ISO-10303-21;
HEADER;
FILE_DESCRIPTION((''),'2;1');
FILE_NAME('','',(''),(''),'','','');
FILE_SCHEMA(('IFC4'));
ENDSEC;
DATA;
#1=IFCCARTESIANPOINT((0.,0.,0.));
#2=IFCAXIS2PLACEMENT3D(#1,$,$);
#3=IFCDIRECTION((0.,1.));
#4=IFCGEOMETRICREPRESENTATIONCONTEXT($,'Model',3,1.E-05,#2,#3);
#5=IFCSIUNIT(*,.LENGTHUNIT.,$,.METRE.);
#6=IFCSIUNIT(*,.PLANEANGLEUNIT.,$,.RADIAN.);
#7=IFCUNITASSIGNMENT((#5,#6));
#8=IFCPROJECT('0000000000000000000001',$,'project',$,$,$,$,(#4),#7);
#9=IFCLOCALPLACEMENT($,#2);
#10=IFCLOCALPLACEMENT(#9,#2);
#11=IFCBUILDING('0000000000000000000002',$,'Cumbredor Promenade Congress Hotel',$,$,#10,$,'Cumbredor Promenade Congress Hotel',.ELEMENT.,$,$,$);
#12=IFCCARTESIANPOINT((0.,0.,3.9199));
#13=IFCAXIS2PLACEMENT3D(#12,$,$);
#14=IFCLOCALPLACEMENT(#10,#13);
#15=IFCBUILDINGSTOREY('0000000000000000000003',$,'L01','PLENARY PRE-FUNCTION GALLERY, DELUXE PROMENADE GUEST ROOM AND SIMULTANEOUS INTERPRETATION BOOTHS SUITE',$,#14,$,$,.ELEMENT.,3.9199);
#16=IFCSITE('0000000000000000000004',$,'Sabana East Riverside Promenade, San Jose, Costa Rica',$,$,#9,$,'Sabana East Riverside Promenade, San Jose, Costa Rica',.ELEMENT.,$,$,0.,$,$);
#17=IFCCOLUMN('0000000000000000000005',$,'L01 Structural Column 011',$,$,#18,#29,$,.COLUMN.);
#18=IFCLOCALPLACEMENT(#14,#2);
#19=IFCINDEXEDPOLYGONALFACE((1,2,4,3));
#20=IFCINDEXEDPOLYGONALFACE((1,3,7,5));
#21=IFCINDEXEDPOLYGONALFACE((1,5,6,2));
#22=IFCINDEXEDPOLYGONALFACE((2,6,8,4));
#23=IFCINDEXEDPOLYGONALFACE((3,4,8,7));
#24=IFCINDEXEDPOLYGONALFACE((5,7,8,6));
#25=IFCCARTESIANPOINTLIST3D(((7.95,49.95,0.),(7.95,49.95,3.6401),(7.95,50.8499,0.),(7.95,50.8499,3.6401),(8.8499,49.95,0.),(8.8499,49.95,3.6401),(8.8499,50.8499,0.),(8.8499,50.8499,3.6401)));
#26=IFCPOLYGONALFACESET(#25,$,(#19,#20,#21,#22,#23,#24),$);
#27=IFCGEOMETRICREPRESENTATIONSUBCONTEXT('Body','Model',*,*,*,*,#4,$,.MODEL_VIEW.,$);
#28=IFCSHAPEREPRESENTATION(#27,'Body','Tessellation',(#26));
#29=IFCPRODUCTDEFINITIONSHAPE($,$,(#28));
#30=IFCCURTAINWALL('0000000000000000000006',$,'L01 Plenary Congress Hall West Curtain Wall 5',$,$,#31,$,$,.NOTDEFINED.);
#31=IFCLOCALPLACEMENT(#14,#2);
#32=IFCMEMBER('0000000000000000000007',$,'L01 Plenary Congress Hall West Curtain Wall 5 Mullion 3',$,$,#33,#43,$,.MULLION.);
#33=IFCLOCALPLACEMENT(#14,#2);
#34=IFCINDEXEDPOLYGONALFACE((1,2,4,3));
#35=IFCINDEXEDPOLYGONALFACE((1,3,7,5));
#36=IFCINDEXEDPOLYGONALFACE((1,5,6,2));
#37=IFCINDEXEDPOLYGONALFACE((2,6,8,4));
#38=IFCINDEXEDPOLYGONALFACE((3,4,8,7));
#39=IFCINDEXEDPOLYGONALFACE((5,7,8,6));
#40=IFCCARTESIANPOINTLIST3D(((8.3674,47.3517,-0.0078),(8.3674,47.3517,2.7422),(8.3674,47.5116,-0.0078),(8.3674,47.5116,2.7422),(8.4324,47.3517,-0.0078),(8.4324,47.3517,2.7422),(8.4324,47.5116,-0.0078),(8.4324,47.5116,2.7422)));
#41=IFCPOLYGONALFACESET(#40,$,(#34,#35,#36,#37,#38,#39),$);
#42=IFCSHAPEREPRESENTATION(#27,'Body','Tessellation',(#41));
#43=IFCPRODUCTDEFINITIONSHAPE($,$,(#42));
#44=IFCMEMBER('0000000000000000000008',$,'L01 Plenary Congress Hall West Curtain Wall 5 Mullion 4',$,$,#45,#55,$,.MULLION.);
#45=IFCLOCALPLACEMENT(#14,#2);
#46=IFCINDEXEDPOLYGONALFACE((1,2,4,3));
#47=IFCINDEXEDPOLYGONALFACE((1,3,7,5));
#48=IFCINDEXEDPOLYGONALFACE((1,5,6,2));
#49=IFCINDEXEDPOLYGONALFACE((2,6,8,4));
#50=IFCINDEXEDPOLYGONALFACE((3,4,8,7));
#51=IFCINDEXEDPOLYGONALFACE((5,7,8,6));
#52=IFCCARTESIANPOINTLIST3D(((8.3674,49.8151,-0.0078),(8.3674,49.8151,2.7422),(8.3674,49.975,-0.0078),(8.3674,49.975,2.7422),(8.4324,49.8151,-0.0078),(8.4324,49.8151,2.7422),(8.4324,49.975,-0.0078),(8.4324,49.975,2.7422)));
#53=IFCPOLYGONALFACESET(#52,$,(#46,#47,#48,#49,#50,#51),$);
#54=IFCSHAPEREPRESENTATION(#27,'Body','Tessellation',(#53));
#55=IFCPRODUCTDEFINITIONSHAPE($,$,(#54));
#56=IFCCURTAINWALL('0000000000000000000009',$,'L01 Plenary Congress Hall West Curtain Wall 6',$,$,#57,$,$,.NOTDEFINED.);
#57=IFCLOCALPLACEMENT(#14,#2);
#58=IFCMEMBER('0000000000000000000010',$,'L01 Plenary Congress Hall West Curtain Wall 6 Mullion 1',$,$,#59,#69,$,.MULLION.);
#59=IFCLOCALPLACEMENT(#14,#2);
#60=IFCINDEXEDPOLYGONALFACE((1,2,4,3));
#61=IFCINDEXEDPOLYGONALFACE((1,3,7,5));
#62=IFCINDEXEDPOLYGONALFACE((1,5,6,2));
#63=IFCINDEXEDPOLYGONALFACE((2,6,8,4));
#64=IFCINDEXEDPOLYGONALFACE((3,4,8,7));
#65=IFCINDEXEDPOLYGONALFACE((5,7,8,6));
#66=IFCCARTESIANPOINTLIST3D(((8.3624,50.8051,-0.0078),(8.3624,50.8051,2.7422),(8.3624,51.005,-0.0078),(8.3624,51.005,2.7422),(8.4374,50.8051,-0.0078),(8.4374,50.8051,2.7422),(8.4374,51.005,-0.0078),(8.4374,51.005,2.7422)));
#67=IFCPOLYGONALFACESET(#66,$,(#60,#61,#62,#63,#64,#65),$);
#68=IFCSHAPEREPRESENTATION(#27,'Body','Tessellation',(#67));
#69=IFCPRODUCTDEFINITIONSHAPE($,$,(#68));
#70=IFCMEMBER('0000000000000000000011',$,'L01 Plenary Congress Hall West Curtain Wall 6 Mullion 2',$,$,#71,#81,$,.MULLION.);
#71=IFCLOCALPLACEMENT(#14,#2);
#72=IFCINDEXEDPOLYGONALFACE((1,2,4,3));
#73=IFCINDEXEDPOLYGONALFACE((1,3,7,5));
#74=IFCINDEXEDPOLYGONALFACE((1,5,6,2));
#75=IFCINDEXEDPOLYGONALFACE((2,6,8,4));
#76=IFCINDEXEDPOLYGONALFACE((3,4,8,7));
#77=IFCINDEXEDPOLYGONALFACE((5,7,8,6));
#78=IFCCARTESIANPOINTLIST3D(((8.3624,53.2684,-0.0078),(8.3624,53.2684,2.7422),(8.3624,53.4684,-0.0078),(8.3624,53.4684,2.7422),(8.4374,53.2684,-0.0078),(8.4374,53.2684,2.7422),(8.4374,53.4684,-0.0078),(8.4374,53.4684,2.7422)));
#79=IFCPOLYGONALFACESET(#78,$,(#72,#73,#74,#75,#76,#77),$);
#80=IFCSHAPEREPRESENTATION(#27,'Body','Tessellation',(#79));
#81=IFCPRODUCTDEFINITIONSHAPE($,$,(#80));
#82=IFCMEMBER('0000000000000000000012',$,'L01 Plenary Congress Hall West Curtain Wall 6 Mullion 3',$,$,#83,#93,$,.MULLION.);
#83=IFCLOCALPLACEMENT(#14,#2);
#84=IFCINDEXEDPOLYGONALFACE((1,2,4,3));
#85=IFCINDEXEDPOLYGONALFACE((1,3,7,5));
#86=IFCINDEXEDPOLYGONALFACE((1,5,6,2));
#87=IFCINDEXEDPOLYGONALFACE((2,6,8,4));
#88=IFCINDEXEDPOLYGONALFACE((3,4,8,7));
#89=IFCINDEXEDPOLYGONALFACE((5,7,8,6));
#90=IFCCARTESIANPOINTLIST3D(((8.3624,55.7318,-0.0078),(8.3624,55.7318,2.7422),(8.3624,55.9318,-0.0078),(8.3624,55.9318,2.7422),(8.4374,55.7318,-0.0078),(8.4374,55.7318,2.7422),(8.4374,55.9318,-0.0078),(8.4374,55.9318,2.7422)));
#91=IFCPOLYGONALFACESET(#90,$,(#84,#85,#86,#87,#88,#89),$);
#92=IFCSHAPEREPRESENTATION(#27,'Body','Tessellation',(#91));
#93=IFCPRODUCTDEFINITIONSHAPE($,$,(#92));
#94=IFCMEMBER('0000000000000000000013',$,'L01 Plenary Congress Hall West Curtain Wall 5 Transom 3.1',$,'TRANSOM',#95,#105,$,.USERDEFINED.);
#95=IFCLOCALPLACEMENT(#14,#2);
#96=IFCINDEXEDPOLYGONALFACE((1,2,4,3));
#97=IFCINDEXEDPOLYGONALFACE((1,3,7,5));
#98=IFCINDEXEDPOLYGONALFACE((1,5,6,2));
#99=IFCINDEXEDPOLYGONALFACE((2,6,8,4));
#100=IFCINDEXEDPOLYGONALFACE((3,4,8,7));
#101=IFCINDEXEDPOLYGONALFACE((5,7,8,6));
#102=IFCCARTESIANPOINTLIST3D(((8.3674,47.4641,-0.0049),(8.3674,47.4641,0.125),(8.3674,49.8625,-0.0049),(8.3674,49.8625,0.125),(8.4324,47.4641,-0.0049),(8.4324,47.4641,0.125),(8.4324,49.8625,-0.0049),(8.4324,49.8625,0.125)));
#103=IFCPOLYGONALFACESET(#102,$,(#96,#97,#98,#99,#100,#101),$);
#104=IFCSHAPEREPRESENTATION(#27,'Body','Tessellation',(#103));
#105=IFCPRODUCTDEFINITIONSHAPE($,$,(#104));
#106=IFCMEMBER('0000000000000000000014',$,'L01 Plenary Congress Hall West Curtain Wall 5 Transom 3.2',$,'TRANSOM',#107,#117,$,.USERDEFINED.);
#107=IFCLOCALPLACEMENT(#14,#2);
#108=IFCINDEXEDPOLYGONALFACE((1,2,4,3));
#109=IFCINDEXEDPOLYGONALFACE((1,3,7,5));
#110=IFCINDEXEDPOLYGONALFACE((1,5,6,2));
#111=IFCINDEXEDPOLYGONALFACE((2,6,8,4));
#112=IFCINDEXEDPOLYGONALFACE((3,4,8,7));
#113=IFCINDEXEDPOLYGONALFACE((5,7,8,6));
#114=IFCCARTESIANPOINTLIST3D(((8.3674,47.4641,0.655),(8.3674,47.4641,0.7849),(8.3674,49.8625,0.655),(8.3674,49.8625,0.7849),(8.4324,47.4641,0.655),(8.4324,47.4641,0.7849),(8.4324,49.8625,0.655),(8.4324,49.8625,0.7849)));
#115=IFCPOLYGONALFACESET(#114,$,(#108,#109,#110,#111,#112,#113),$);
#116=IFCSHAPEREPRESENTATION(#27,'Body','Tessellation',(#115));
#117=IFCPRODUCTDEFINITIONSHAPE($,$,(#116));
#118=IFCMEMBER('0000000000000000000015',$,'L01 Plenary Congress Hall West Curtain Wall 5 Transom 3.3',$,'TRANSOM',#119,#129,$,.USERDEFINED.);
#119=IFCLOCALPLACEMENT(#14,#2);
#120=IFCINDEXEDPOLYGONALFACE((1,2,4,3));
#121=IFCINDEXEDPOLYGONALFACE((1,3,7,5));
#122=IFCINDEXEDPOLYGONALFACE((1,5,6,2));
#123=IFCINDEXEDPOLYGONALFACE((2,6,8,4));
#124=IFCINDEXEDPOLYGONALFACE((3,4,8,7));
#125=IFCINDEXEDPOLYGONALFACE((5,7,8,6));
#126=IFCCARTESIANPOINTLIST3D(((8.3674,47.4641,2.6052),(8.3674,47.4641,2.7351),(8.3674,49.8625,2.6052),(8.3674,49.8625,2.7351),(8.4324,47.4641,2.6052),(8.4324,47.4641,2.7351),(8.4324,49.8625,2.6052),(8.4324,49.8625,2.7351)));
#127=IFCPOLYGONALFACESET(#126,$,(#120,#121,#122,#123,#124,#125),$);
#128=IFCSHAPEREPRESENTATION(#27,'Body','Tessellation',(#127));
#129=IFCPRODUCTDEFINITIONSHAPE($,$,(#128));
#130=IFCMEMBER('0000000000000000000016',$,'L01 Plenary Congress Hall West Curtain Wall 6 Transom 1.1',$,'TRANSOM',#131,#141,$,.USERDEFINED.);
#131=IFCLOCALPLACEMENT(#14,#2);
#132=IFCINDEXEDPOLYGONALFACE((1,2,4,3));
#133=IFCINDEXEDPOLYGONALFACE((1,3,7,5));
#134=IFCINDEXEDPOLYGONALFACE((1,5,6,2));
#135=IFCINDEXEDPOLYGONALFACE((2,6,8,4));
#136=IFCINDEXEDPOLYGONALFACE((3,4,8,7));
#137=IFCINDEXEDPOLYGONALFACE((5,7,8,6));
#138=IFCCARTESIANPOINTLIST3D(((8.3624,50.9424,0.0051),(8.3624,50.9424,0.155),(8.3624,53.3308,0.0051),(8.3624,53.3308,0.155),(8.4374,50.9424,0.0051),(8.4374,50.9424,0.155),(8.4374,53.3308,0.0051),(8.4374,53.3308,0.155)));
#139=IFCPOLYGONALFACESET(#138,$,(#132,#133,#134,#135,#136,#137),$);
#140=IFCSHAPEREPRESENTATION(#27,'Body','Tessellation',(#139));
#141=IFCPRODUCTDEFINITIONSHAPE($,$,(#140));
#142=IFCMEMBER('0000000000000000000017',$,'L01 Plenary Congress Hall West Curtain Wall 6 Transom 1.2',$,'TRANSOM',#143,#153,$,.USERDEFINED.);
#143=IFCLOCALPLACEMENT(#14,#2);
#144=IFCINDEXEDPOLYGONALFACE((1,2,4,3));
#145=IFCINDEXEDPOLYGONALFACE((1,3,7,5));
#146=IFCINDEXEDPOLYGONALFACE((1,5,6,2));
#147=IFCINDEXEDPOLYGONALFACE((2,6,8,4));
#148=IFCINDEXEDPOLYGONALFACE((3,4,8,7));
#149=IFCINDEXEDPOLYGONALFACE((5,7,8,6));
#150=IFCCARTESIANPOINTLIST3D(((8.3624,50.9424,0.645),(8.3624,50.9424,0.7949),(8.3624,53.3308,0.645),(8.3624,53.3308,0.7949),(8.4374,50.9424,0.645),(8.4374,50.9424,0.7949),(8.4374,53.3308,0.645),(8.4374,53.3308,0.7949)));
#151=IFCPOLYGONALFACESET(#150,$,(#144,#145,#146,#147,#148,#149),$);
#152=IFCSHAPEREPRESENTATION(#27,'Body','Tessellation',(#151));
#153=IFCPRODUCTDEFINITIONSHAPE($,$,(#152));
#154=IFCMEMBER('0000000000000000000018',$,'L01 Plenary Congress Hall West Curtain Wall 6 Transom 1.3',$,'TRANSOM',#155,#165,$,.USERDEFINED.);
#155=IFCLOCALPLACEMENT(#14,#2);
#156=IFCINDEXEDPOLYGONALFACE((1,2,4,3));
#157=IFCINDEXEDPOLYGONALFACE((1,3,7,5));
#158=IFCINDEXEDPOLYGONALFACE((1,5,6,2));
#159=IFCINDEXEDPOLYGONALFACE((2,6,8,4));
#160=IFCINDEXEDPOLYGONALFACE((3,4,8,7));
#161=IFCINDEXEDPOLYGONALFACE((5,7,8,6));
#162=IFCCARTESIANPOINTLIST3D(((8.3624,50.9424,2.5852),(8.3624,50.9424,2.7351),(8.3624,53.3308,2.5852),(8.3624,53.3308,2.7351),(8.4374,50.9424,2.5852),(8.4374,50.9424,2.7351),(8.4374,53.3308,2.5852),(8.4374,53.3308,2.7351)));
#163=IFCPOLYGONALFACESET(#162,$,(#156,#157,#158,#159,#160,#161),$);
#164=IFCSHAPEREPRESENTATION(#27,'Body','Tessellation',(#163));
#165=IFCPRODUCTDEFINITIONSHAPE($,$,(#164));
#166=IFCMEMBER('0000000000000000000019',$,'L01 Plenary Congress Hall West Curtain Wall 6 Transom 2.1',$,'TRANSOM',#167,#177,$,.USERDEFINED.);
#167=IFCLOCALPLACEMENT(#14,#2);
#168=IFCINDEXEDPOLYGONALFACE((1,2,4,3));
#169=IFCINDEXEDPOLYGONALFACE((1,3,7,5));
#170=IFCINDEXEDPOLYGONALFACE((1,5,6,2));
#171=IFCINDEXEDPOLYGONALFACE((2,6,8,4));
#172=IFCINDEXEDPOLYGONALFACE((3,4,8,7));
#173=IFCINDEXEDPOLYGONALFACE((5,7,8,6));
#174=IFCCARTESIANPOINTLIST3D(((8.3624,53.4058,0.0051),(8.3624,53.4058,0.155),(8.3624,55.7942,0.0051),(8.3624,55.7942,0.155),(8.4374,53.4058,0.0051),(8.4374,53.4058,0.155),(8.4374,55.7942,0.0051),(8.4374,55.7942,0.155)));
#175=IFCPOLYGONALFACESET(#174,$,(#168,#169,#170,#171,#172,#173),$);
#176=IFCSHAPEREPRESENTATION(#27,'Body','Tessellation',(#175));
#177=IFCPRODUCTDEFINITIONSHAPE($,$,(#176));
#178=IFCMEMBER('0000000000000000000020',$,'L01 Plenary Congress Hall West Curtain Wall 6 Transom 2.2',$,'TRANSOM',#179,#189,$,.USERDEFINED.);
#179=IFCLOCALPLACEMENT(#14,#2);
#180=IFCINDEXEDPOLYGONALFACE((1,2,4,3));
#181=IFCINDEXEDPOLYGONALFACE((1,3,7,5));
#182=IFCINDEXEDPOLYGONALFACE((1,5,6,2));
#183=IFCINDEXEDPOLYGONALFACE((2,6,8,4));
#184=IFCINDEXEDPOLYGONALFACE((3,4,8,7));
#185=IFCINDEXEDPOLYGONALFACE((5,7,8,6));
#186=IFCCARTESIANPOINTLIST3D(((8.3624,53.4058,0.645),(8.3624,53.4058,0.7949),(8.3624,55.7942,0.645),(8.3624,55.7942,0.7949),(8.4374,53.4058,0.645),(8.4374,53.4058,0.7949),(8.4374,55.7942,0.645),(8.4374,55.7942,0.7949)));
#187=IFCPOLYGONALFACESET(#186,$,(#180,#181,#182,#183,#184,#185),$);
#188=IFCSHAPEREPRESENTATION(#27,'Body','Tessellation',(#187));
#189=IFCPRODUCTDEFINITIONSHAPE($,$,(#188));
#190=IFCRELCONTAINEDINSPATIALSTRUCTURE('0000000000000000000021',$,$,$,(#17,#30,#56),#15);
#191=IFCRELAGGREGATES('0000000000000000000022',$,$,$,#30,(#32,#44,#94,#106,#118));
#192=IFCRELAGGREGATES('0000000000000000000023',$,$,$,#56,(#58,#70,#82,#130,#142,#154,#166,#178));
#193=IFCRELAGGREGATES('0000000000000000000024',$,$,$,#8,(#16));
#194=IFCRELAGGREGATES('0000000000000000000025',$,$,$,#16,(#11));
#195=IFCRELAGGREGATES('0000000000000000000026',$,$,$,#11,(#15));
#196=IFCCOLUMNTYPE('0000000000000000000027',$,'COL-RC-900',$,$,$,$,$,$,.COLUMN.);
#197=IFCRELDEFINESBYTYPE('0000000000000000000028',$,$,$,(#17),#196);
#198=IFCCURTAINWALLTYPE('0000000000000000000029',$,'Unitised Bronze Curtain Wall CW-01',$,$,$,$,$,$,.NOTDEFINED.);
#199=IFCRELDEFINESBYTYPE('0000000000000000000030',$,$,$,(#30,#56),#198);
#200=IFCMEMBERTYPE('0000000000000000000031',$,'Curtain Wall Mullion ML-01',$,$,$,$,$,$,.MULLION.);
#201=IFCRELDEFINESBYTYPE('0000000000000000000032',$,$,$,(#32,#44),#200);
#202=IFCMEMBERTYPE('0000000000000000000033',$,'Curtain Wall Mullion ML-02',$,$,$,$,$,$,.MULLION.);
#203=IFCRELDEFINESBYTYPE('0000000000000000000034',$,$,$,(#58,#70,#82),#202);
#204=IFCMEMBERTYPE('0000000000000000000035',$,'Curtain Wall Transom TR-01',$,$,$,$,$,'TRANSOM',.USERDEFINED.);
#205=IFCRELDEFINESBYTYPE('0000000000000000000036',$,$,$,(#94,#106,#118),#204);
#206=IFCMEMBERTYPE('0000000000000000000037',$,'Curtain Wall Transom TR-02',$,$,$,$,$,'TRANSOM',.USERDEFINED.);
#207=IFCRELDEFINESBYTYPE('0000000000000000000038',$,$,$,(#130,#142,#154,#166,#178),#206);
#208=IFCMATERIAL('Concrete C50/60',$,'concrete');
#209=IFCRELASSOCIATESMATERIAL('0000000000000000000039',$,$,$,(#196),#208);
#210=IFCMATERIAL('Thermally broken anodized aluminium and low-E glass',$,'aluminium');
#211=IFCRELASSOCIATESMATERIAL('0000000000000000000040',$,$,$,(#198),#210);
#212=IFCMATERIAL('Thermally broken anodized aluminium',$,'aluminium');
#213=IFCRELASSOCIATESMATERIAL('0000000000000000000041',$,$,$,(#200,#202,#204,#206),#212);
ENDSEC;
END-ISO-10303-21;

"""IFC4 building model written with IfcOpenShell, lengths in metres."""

from ifc_helpers import new_model, si_unit, direction, frame, origin, origin_2d, place, context, subcontext, project, spatial, rectangle, extrude, material, material_profile, profile_set, type_object, element, aggregate, save


model = new_model("IFC4")

# Units and contexts
model_context = context("Model", 3, precision=1e-05, world=origin(), true_north=direction((0.0, 1.0)))
body_context = subcontext(model_context, "Body", "Model", "MODEL_VIEW")
ifc_project = project(units=[si_unit("LENGTHUNIT", "METRE"), si_unit("PLANEANGLEUNIT", "RADIAN")], contexts=[model_context])

# Site, building, storey
site_placement = place(None, origin())
site = spatial("IfcSite", under=ifc_project, at=site_placement, Name="Sabana East Riverside Promenade, San Jose, Costa Rica", LongName="Sabana East Riverside Promenade, San Jose, Costa Rica", CompositionType="ELEMENT", RefElevation=0.0)
building_placement = place(site_placement, origin())
building = spatial("IfcBuilding", under=site, at=building_placement, Name="Cumbredor Promenade Congress Hotel", LongName="Cumbredor Promenade Congress Hotel", CompositionType="ELEMENT")
storey_placement = place(building_placement, frame((0.0, 0.0, 3.9199)))
storey = spatial("IfcBuildingStorey", under=building, at=storey_placement, Name="L01", Description="PLENARY PRE-FUNCTION GALLERY, DELUXE PROMENADE GUEST ROOM AND SIMULTANEOUS INTERPRETATION BOOTHS SUITE", CompositionType="ELEMENT", Elevation=3.9199)

# Column
ifc_material_1 = material(Name="Concrete C50/60", Category="concrete")
ifc_material_profile_1 = material_profile(ifc_material_1, rectangle(XDim=0.8999, YDim=0.8999, at=origin_2d()), Name="RC 900x900")
ifc_profile_set_1 = profile_set([ifc_material_profile_1], Name="Concrete C50/60")
column_type = type_object("IfcColumnType", Name="COL-RC-900", PredefinedType="COLUMN", material=ifc_profile_set_1)
column_placement = place(storey_placement, frame((8.3999, 50.3999, 0.0), z_axis=(0.0, 0.0, 1.0), x_axis=(1.0, 0.0, 0.0)))
element("IfcColumn", 1, at=column_placement, inside=storey, type_object=column_type, Name="L01 Structural Column 011", PredefinedType="COLUMN", context=body_context, shape_type="SweptSolid", body=[
    extrude(rectangle(XDim=0.8999, YDim=0.8999, at=origin_2d()), origin(), (0.0, 0.0, 1.0), 3.6401),
])

# Curtain walls, members
ifc_material_2 = material(Name="Thermally broken anodized aluminium and low-E glass", Category="aluminium")
curtain_wall_type = type_object("IfcCurtainWallType", Name="Unitised Bronze Curtain Wall CW-01", PredefinedType="NOTDEFINED", material=ifc_material_2)
curtain_wall_1_placement = place(storey_placement, origin())
curtain_wall_1 = element("IfcCurtainWall", 2, at=curtain_wall_1_placement, inside=storey, type_object=curtain_wall_type, Name="L01 Plenary Congress Hall West Curtain Wall 5", PredefinedType="NOTDEFINED")
ifc_material_3 = material(Name="Thermally broken anodized aluminium", Category="aluminium")
ifc_material_profile_2 = material_profile(ifc_material_3, rectangle(XDim=0.0649, YDim=0.1599, at=origin_2d()), Name="ALU MULLION 65x160")
ifc_profile_set_2 = profile_set([ifc_material_profile_2], Name="Thermally broken anodized aluminium")
member_type_1 = type_object("IfcMemberType", Name="Curtain Wall Mullion ML-01", PredefinedType="MULLION", material=ifc_profile_set_2)
member_1_placement = place(storey_placement, frame((8.3999, 47.4316, -0.0078), z_axis=(0.0, 0.0, 1.0), x_axis=(1.0, 0.0, 0.0)))
member_1 = element("IfcMember", 3, at=member_1_placement, type_object=member_type_1, Name="L01 Plenary Congress Hall West Curtain Wall 5 Mullion 3", PredefinedType="MULLION", context=body_context, shape_type="SweptSolid", body=[
    extrude(rectangle(XDim=0.0649, YDim=0.1599, at=origin_2d()), origin(), (0.0, 0.0, 1.0), 2.75),
])
member_2_placement = place(storey_placement, frame((8.3999, 49.895, -0.0078), z_axis=(0.0, 0.0, 1.0), x_axis=(1.0, 0.0, 0.0)))
member_2 = element("IfcMember", 4, at=member_2_placement, type_object=member_type_1, Name="L01 Plenary Congress Hall West Curtain Wall 5 Mullion 4", PredefinedType="MULLION", context=body_context, shape_type="SweptSolid", body=[
    extrude(rectangle(XDim=0.0649, YDim=0.1599, at=origin_2d()), origin(), (0.0, 0.0, 1.0), 2.75),
])
curtain_wall_2_placement = place(storey_placement, origin())
curtain_wall_2 = element("IfcCurtainWall", 5, at=curtain_wall_2_placement, inside=storey, type_object=curtain_wall_type, Name="L01 Plenary Congress Hall West Curtain Wall 6", PredefinedType="NOTDEFINED")
ifc_material_profile_3 = material_profile(ifc_material_3, rectangle(XDim=0.075, YDim=0.2, at=origin_2d()), Name="ALU MULLION 75x200")
ifc_profile_set_3 = profile_set([ifc_material_profile_3], Name="Thermally broken anodized aluminium")
member_type_2 = type_object("IfcMemberType", Name="Curtain Wall Mullion ML-02", PredefinedType="MULLION", material=ifc_profile_set_3)
member_3_placement = place(storey_placement, frame((8.3999, 50.905, -0.0078), z_axis=(0.0, 0.0, 1.0), x_axis=(1.0, 0.0, 0.0)))
member_3 = element("IfcMember", 6, at=member_3_placement, type_object=member_type_2, Name="L01 Plenary Congress Hall West Curtain Wall 6 Mullion 1", PredefinedType="MULLION", context=body_context, shape_type="SweptSolid", body=[
    extrude(rectangle(XDim=0.075, YDim=0.2, at=origin_2d()), origin(), (0.0, 0.0, 1.0), 2.75),
])
member_4_placement = place(storey_placement, frame((8.3999, 53.3684, -0.0078), z_axis=(0.0, 0.0, 1.0), x_axis=(1.0, 0.0, 0.0)))
member_4 = element("IfcMember", 7, at=member_4_placement, type_object=member_type_2, Name="L01 Plenary Congress Hall West Curtain Wall 6 Mullion 2", PredefinedType="MULLION", context=body_context, shape_type="SweptSolid", body=[
    extrude(rectangle(XDim=0.075, YDim=0.2, at=origin_2d()), origin(), (0.0, 0.0, 1.0), 2.75),
])
member_5_placement = place(storey_placement, frame((8.3999, 55.8318, -0.0078), z_axis=(0.0, 0.0, 1.0), x_axis=(1.0, 0.0, 0.0)))
member_5 = element("IfcMember", 8, at=member_5_placement, type_object=member_type_2, Name="L01 Plenary Congress Hall West Curtain Wall 6 Mullion 3", PredefinedType="MULLION", context=body_context, shape_type="SweptSolid", body=[
    extrude(rectangle(XDim=0.075, YDim=0.2, at=origin_2d()), origin(), (0.0, 0.0, 1.0), 2.75),
])

# Members
ifc_material_profile_4 = material_profile(ifc_material_3, rectangle(XDim=0.0649, YDim=0.1299, at=origin_2d()), Name="ALU TRANSOM 65x130")
ifc_profile_set_4 = profile_set([ifc_material_profile_4], Name="Thermally broken anodized aluminium")
member_type_3 = type_object("IfcMemberType", Name="Curtain Wall Transom TR-01", ElementType="TRANSOM", PredefinedType="USERDEFINED", material=ifc_profile_set_4)
member_6_placement = place(storey_placement, frame((8.3999, 47.4641, 0.0601), z_axis=(0.0, 1.0, 0.0), x_axis=(-1.0, 0.0, 0.0)))
member_6 = element("IfcMember", 9, at=member_6_placement, type_object=member_type_3, Name="L01 Plenary Congress Hall West Curtain Wall 5 Transom 3.1", ObjectType="TRANSOM", PredefinedType="USERDEFINED", context=body_context, shape_type="SweptSolid", body=[
    extrude(rectangle(XDim=0.0649, YDim=0.1299, at=origin_2d()), origin(), (0.0, 0.0, 1.0), 2.3984),
])
member_7_placement = place(storey_placement, frame((8.3999, 47.4641, 0.72), z_axis=(0.0, 1.0, 0.0), x_axis=(-1.0, 0.0, 0.0)))
member_7 = element("IfcMember", 10, at=member_7_placement, type_object=member_type_3, Name="L01 Plenary Congress Hall West Curtain Wall 5 Transom 3.2", ObjectType="TRANSOM", PredefinedType="USERDEFINED", context=body_context, shape_type="SweptSolid", body=[
    extrude(rectangle(XDim=0.0649, YDim=0.1299, at=origin_2d()), origin(), (0.0, 0.0, 1.0), 2.3984),
])
member_8_placement = place(storey_placement, frame((8.3999, 47.4641, 2.6702), z_axis=(0.0, 1.0, 0.0), x_axis=(-1.0, 0.0, 0.0)))
member_8 = element("IfcMember", 11, at=member_8_placement, type_object=member_type_3, Name="L01 Plenary Congress Hall West Curtain Wall 5 Transom 3.3", ObjectType="TRANSOM", PredefinedType="USERDEFINED", context=body_context, shape_type="SweptSolid", body=[
    extrude(rectangle(XDim=0.0649, YDim=0.1299, at=origin_2d()), origin(), (0.0, 0.0, 1.0), 2.3984),
])
ifc_material_profile_5 = material_profile(ifc_material_3, rectangle(XDim=0.075, YDim=0.1499, at=origin_2d()), Name="ALU TRANSOM 75x150")
ifc_profile_set_5 = profile_set([ifc_material_profile_5], Name="Thermally broken anodized aluminium")
member_type_4 = type_object("IfcMemberType", Name="Curtain Wall Transom TR-02", ElementType="TRANSOM", PredefinedType="USERDEFINED", material=ifc_profile_set_5)
member_9_placement = place(storey_placement, frame((8.3999, 50.9424, 0.0801), z_axis=(0.0, 1.0, 0.0), x_axis=(-1.0, 0.0, 0.0)))
member_9 = element("IfcMember", 12, at=member_9_placement, type_object=member_type_4, Name="L01 Plenary Congress Hall West Curtain Wall 6 Transom 1.1", ObjectType="TRANSOM", PredefinedType="USERDEFINED", context=body_context, shape_type="SweptSolid", body=[
    extrude(rectangle(XDim=0.075, YDim=0.1499, at=origin_2d()), origin(), (0.0, 0.0, 1.0), 2.3884),
])
member_10_placement = place(storey_placement, frame((8.3999, 50.9424, 0.72), z_axis=(0.0, 1.0, 0.0), x_axis=(-1.0, 0.0, 0.0)))
member_10 = element("IfcMember", 13, at=member_10_placement, type_object=member_type_4, Name="L01 Plenary Congress Hall West Curtain Wall 6 Transom 1.2", ObjectType="TRANSOM", PredefinedType="USERDEFINED", context=body_context, shape_type="SweptSolid", body=[
    extrude(rectangle(XDim=0.075, YDim=0.1499, at=origin_2d()), origin(), (0.0, 0.0, 1.0), 2.3884),
])
member_11_placement = place(storey_placement, frame((8.3999, 50.9424, 2.6602), z_axis=(0.0, 1.0, 0.0), x_axis=(-1.0, 0.0, 0.0)))
member_11 = element("IfcMember", 14, at=member_11_placement, type_object=member_type_4, Name="L01 Plenary Congress Hall West Curtain Wall 6 Transom 1.3", ObjectType="TRANSOM", PredefinedType="USERDEFINED", context=body_context, shape_type="SweptSolid", body=[
    extrude(rectangle(XDim=0.075, YDim=0.1499, at=origin_2d()), origin(), (0.0, 0.0, 1.0), 2.3884),
])
member_12_placement = place(storey_placement, frame((8.3999, 53.4058, 0.0801), z_axis=(0.0, 1.0, 0.0), x_axis=(-1.0, 0.0, 0.0)))
member_12 = element("IfcMember", 15, at=member_12_placement, type_object=member_type_4, Name="L01 Plenary Congress Hall West Curtain Wall 6 Transom 2.1", ObjectType="TRANSOM", PredefinedType="USERDEFINED", context=body_context, shape_type="SweptSolid", body=[
    extrude(rectangle(XDim=0.075, YDim=0.1499, at=origin_2d()), origin(), (0.0, 0.0, 1.0), 2.3884),
])
member_13_placement = place(storey_placement, frame((8.3999, 53.4058, 0.72), z_axis=(0.0, 1.0, 0.0), x_axis=(-1.0, 0.0, 0.0)))
member_13 = element("IfcMember", 16, at=member_13_placement, type_object=member_type_4, Name="L01 Plenary Congress Hall West Curtain Wall 6 Transom 2.2", ObjectType="TRANSOM", PredefinedType="USERDEFINED", context=body_context, shape_type="SweptSolid", body=[
    extrude(rectangle(XDim=0.075, YDim=0.1499, at=origin_2d()), origin(), (0.0, 0.0, 1.0), 2.3884),
])

aggregate(curtain_wall_1, [member_1, member_2, member_6, member_7, member_8])
aggregate(curtain_wall_2, [member_3, member_4, member_5, member_9, member_10, member_11, member_12, member_13])

save(model, "model.ifc")
